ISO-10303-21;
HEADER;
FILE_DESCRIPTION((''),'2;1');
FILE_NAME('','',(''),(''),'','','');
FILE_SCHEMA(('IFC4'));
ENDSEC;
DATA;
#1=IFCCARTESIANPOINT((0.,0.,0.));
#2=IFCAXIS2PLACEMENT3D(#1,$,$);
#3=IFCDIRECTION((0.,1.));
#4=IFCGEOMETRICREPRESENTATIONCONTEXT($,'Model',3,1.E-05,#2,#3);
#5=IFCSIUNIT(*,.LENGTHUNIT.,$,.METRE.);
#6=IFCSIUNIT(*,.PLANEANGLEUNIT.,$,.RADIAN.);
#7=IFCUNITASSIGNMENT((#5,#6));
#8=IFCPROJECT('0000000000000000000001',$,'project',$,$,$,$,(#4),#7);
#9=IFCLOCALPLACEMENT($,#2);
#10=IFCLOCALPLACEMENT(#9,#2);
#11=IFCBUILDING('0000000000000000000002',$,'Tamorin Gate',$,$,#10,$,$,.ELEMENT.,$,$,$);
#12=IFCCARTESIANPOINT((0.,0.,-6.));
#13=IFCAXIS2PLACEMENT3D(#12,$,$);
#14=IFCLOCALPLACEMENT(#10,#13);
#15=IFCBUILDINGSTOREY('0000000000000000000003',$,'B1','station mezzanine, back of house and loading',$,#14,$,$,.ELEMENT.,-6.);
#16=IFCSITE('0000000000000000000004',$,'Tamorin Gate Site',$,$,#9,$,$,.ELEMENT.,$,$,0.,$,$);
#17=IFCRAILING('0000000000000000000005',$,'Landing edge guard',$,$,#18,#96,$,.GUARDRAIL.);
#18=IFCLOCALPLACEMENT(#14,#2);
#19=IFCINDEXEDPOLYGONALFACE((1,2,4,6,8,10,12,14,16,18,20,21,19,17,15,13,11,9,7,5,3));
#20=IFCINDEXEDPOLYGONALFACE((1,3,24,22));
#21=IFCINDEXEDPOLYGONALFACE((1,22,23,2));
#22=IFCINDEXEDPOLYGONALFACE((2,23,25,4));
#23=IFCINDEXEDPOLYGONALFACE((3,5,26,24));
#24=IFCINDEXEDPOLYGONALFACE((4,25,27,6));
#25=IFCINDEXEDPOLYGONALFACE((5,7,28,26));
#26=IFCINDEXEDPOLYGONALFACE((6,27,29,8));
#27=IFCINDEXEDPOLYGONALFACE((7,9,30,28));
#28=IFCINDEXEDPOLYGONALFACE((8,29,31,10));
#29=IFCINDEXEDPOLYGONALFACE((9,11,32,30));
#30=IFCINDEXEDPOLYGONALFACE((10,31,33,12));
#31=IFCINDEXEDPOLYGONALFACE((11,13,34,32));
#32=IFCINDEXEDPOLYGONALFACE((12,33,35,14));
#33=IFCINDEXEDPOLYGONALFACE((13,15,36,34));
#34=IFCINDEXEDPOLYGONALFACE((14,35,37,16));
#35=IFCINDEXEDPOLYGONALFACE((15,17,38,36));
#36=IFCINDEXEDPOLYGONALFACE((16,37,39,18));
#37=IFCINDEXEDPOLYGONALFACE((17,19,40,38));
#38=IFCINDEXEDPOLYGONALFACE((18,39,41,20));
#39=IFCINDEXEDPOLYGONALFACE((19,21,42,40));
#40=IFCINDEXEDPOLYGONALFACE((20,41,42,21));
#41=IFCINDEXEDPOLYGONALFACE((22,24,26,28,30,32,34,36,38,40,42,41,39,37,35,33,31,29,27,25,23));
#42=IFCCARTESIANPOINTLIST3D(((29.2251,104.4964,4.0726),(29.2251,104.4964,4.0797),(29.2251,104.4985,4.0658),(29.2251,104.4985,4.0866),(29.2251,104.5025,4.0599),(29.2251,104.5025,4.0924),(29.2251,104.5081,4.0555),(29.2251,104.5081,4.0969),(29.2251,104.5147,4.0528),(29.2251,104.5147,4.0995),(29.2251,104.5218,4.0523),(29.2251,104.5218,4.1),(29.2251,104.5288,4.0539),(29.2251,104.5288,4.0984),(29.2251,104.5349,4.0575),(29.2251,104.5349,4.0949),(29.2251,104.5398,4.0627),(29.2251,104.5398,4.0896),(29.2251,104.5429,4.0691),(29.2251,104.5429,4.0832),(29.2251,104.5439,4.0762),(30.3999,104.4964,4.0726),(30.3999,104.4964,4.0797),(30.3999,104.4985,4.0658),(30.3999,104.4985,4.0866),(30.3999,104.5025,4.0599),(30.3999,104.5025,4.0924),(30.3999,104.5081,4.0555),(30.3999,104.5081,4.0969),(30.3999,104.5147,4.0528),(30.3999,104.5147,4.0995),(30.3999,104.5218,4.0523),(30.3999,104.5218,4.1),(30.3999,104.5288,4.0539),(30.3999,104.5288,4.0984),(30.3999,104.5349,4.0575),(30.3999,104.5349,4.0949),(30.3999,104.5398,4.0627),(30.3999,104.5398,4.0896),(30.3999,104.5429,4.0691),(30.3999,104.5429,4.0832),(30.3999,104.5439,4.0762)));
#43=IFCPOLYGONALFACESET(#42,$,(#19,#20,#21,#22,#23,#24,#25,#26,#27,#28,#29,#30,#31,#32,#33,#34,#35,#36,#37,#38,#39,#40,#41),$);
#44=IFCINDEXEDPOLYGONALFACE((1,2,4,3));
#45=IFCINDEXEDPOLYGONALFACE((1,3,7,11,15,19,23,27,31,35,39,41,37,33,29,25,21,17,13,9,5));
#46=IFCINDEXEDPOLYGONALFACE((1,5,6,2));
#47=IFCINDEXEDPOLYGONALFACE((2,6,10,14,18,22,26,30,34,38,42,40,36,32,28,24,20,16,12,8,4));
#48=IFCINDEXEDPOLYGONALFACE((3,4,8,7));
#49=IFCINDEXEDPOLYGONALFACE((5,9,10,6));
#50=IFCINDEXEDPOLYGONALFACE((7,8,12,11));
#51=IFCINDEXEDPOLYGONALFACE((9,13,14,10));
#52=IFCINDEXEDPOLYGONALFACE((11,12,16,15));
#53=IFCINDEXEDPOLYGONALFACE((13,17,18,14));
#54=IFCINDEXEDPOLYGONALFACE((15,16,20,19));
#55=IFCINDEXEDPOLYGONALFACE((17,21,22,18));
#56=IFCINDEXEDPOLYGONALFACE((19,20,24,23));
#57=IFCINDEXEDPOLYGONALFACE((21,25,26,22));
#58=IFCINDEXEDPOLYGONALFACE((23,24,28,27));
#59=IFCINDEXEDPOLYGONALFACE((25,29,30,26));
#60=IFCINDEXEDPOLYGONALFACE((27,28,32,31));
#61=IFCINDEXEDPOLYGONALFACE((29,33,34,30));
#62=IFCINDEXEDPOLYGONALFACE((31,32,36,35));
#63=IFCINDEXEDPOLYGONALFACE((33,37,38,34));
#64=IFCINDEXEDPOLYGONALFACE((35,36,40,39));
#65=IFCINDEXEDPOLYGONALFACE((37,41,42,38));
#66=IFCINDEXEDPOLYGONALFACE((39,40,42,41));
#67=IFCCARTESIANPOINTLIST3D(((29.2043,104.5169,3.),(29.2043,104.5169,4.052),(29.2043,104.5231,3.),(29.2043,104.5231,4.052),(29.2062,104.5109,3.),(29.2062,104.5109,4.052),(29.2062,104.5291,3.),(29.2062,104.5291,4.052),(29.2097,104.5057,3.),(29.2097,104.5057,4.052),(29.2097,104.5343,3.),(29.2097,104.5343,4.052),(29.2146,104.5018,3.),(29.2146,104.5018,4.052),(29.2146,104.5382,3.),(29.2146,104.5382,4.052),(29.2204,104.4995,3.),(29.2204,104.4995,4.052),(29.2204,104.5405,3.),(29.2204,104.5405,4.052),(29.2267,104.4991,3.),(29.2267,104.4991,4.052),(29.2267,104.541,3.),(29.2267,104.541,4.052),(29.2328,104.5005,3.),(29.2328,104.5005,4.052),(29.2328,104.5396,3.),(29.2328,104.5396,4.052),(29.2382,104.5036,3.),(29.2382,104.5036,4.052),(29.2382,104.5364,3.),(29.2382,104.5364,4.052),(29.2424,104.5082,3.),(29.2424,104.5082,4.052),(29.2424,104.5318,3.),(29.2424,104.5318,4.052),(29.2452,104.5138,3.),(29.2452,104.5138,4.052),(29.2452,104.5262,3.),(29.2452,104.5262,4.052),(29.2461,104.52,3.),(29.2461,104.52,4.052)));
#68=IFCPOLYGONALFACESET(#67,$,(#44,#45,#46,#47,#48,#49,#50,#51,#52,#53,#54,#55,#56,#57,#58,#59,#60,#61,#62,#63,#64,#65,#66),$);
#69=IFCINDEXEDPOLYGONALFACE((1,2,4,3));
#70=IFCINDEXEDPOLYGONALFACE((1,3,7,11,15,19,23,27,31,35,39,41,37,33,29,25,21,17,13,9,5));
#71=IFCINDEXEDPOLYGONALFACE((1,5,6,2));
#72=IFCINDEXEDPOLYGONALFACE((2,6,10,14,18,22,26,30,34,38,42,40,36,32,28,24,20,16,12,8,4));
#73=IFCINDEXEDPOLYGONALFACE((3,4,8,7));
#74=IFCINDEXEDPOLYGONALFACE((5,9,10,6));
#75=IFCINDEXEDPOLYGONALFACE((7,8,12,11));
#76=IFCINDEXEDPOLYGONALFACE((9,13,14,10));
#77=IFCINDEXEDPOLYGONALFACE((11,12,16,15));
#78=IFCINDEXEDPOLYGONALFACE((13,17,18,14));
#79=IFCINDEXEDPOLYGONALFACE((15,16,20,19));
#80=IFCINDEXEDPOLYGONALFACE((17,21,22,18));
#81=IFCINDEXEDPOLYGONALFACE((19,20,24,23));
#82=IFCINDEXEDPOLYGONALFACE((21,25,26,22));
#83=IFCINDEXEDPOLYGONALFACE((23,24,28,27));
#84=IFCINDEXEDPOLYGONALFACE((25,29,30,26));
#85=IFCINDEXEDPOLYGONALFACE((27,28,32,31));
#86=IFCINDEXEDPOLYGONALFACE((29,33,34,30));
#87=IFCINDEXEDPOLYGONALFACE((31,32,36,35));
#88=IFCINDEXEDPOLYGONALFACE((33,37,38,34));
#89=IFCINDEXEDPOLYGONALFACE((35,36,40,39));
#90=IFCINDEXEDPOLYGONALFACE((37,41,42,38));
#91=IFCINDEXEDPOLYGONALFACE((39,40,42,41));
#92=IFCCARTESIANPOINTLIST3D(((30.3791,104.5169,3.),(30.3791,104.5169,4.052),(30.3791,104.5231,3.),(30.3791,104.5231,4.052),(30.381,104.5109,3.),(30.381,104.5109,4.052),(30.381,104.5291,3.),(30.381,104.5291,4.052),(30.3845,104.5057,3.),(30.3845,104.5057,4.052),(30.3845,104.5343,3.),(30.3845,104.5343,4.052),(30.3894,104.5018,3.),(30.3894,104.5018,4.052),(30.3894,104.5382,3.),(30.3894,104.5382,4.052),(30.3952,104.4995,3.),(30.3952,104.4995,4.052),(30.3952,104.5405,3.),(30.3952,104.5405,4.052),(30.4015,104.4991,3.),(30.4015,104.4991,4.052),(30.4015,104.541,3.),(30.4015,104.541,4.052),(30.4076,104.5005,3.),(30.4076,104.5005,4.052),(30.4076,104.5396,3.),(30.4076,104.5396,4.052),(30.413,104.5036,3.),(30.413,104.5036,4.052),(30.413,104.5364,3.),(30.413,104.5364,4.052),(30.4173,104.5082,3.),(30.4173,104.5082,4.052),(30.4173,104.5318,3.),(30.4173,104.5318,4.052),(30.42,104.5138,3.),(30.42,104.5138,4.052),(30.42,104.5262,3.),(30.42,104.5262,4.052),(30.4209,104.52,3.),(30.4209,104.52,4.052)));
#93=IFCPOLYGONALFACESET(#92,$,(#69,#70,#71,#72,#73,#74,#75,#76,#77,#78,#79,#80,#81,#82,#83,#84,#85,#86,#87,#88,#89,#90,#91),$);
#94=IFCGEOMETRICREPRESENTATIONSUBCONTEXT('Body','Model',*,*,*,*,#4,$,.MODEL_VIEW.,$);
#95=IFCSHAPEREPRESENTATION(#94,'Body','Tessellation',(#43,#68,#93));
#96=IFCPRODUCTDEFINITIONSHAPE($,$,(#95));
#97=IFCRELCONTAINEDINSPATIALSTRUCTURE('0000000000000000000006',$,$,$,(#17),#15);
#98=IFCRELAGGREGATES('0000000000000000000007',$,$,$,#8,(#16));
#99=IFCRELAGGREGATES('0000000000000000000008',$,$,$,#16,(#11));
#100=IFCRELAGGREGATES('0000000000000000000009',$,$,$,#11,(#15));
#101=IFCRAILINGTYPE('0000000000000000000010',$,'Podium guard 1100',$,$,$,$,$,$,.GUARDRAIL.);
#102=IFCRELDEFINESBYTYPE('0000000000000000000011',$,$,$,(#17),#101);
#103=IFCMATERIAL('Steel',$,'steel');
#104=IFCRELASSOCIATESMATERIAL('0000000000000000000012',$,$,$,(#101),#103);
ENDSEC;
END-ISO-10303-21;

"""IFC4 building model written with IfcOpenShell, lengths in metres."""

from ifc_helpers import new_model, si_unit, direction, frame, origin, origin_2d, place, context, subcontext, project, spatial, circle, extrude, material, type_object, element, save


model = new_model("IFC4")

# Units and contexts
model_context = context("Model", 3, precision=1e-05, world=origin(), true_north=direction((0.0, 1.0)))
body_context = subcontext(model_context, "Body", "Model", "MODEL_VIEW")
ifc_project = project(units=[si_unit("LENGTHUNIT", "METRE"), si_unit("PLANEANGLEUNIT", "RADIAN")], contexts=[model_context])

# Site, building, storey
site_placement = place(None, origin())
site = spatial("IfcSite", under=ifc_project, at=site_placement, Name="Tamorin Gate Site", CompositionType="ELEMENT", RefElevation=0.0)
building_placement = place(site_placement, origin())
building = spatial("IfcBuilding", under=site, at=building_placement, Name="Tamorin Gate", CompositionType="ELEMENT")
storey_placement = place(building_placement, frame((0.0, 0.0, -6.0)))
storey = spatial("IfcBuildingStorey", under=building, at=storey_placement, Name="B1", Description="station mezzanine, back of house and loading", CompositionType="ELEMENT", Elevation=-6.0)

# Railing
ifc_material_1 = material(Name="Steel", Category="steel")
railing_type_1 = type_object("IfcRailingType", Name="Podium guard 1100", PredefinedType="GUARDRAIL", material=ifc_material_1)
for number, where, name in (
    (1, (29.2251, 104.52, 3.0), "Landing edge guard"),
):
    element("IfcRailing", number, at=place(storey_placement, frame(where)), inside=storey, type_object=railing_type_1, Name=name, PredefinedType="GUARDRAIL", context=body_context, shape_type="SweptSolid", body=[
        extrude(circle(Radius=0.0239, at=origin_2d()), frame((0.0, 0.0, 1.0762), z_axis=(1.0, 0.0, 0.0), x_axis=(0.0, 1.0, 0.0)), (0.0, 0.0, 1.0), 1.1748),
        extrude(circle(Radius=0.021, at=origin_2d()), origin(), (0.0, 0.0, 1.0), 1.052),
        extrude(circle(Radius=0.021, at=origin_2d()), frame((1.1748, 0.0, 0.0)), (0.0, 0.0, 1.0), 1.052),
    ])

save(model, "model.ifc")
